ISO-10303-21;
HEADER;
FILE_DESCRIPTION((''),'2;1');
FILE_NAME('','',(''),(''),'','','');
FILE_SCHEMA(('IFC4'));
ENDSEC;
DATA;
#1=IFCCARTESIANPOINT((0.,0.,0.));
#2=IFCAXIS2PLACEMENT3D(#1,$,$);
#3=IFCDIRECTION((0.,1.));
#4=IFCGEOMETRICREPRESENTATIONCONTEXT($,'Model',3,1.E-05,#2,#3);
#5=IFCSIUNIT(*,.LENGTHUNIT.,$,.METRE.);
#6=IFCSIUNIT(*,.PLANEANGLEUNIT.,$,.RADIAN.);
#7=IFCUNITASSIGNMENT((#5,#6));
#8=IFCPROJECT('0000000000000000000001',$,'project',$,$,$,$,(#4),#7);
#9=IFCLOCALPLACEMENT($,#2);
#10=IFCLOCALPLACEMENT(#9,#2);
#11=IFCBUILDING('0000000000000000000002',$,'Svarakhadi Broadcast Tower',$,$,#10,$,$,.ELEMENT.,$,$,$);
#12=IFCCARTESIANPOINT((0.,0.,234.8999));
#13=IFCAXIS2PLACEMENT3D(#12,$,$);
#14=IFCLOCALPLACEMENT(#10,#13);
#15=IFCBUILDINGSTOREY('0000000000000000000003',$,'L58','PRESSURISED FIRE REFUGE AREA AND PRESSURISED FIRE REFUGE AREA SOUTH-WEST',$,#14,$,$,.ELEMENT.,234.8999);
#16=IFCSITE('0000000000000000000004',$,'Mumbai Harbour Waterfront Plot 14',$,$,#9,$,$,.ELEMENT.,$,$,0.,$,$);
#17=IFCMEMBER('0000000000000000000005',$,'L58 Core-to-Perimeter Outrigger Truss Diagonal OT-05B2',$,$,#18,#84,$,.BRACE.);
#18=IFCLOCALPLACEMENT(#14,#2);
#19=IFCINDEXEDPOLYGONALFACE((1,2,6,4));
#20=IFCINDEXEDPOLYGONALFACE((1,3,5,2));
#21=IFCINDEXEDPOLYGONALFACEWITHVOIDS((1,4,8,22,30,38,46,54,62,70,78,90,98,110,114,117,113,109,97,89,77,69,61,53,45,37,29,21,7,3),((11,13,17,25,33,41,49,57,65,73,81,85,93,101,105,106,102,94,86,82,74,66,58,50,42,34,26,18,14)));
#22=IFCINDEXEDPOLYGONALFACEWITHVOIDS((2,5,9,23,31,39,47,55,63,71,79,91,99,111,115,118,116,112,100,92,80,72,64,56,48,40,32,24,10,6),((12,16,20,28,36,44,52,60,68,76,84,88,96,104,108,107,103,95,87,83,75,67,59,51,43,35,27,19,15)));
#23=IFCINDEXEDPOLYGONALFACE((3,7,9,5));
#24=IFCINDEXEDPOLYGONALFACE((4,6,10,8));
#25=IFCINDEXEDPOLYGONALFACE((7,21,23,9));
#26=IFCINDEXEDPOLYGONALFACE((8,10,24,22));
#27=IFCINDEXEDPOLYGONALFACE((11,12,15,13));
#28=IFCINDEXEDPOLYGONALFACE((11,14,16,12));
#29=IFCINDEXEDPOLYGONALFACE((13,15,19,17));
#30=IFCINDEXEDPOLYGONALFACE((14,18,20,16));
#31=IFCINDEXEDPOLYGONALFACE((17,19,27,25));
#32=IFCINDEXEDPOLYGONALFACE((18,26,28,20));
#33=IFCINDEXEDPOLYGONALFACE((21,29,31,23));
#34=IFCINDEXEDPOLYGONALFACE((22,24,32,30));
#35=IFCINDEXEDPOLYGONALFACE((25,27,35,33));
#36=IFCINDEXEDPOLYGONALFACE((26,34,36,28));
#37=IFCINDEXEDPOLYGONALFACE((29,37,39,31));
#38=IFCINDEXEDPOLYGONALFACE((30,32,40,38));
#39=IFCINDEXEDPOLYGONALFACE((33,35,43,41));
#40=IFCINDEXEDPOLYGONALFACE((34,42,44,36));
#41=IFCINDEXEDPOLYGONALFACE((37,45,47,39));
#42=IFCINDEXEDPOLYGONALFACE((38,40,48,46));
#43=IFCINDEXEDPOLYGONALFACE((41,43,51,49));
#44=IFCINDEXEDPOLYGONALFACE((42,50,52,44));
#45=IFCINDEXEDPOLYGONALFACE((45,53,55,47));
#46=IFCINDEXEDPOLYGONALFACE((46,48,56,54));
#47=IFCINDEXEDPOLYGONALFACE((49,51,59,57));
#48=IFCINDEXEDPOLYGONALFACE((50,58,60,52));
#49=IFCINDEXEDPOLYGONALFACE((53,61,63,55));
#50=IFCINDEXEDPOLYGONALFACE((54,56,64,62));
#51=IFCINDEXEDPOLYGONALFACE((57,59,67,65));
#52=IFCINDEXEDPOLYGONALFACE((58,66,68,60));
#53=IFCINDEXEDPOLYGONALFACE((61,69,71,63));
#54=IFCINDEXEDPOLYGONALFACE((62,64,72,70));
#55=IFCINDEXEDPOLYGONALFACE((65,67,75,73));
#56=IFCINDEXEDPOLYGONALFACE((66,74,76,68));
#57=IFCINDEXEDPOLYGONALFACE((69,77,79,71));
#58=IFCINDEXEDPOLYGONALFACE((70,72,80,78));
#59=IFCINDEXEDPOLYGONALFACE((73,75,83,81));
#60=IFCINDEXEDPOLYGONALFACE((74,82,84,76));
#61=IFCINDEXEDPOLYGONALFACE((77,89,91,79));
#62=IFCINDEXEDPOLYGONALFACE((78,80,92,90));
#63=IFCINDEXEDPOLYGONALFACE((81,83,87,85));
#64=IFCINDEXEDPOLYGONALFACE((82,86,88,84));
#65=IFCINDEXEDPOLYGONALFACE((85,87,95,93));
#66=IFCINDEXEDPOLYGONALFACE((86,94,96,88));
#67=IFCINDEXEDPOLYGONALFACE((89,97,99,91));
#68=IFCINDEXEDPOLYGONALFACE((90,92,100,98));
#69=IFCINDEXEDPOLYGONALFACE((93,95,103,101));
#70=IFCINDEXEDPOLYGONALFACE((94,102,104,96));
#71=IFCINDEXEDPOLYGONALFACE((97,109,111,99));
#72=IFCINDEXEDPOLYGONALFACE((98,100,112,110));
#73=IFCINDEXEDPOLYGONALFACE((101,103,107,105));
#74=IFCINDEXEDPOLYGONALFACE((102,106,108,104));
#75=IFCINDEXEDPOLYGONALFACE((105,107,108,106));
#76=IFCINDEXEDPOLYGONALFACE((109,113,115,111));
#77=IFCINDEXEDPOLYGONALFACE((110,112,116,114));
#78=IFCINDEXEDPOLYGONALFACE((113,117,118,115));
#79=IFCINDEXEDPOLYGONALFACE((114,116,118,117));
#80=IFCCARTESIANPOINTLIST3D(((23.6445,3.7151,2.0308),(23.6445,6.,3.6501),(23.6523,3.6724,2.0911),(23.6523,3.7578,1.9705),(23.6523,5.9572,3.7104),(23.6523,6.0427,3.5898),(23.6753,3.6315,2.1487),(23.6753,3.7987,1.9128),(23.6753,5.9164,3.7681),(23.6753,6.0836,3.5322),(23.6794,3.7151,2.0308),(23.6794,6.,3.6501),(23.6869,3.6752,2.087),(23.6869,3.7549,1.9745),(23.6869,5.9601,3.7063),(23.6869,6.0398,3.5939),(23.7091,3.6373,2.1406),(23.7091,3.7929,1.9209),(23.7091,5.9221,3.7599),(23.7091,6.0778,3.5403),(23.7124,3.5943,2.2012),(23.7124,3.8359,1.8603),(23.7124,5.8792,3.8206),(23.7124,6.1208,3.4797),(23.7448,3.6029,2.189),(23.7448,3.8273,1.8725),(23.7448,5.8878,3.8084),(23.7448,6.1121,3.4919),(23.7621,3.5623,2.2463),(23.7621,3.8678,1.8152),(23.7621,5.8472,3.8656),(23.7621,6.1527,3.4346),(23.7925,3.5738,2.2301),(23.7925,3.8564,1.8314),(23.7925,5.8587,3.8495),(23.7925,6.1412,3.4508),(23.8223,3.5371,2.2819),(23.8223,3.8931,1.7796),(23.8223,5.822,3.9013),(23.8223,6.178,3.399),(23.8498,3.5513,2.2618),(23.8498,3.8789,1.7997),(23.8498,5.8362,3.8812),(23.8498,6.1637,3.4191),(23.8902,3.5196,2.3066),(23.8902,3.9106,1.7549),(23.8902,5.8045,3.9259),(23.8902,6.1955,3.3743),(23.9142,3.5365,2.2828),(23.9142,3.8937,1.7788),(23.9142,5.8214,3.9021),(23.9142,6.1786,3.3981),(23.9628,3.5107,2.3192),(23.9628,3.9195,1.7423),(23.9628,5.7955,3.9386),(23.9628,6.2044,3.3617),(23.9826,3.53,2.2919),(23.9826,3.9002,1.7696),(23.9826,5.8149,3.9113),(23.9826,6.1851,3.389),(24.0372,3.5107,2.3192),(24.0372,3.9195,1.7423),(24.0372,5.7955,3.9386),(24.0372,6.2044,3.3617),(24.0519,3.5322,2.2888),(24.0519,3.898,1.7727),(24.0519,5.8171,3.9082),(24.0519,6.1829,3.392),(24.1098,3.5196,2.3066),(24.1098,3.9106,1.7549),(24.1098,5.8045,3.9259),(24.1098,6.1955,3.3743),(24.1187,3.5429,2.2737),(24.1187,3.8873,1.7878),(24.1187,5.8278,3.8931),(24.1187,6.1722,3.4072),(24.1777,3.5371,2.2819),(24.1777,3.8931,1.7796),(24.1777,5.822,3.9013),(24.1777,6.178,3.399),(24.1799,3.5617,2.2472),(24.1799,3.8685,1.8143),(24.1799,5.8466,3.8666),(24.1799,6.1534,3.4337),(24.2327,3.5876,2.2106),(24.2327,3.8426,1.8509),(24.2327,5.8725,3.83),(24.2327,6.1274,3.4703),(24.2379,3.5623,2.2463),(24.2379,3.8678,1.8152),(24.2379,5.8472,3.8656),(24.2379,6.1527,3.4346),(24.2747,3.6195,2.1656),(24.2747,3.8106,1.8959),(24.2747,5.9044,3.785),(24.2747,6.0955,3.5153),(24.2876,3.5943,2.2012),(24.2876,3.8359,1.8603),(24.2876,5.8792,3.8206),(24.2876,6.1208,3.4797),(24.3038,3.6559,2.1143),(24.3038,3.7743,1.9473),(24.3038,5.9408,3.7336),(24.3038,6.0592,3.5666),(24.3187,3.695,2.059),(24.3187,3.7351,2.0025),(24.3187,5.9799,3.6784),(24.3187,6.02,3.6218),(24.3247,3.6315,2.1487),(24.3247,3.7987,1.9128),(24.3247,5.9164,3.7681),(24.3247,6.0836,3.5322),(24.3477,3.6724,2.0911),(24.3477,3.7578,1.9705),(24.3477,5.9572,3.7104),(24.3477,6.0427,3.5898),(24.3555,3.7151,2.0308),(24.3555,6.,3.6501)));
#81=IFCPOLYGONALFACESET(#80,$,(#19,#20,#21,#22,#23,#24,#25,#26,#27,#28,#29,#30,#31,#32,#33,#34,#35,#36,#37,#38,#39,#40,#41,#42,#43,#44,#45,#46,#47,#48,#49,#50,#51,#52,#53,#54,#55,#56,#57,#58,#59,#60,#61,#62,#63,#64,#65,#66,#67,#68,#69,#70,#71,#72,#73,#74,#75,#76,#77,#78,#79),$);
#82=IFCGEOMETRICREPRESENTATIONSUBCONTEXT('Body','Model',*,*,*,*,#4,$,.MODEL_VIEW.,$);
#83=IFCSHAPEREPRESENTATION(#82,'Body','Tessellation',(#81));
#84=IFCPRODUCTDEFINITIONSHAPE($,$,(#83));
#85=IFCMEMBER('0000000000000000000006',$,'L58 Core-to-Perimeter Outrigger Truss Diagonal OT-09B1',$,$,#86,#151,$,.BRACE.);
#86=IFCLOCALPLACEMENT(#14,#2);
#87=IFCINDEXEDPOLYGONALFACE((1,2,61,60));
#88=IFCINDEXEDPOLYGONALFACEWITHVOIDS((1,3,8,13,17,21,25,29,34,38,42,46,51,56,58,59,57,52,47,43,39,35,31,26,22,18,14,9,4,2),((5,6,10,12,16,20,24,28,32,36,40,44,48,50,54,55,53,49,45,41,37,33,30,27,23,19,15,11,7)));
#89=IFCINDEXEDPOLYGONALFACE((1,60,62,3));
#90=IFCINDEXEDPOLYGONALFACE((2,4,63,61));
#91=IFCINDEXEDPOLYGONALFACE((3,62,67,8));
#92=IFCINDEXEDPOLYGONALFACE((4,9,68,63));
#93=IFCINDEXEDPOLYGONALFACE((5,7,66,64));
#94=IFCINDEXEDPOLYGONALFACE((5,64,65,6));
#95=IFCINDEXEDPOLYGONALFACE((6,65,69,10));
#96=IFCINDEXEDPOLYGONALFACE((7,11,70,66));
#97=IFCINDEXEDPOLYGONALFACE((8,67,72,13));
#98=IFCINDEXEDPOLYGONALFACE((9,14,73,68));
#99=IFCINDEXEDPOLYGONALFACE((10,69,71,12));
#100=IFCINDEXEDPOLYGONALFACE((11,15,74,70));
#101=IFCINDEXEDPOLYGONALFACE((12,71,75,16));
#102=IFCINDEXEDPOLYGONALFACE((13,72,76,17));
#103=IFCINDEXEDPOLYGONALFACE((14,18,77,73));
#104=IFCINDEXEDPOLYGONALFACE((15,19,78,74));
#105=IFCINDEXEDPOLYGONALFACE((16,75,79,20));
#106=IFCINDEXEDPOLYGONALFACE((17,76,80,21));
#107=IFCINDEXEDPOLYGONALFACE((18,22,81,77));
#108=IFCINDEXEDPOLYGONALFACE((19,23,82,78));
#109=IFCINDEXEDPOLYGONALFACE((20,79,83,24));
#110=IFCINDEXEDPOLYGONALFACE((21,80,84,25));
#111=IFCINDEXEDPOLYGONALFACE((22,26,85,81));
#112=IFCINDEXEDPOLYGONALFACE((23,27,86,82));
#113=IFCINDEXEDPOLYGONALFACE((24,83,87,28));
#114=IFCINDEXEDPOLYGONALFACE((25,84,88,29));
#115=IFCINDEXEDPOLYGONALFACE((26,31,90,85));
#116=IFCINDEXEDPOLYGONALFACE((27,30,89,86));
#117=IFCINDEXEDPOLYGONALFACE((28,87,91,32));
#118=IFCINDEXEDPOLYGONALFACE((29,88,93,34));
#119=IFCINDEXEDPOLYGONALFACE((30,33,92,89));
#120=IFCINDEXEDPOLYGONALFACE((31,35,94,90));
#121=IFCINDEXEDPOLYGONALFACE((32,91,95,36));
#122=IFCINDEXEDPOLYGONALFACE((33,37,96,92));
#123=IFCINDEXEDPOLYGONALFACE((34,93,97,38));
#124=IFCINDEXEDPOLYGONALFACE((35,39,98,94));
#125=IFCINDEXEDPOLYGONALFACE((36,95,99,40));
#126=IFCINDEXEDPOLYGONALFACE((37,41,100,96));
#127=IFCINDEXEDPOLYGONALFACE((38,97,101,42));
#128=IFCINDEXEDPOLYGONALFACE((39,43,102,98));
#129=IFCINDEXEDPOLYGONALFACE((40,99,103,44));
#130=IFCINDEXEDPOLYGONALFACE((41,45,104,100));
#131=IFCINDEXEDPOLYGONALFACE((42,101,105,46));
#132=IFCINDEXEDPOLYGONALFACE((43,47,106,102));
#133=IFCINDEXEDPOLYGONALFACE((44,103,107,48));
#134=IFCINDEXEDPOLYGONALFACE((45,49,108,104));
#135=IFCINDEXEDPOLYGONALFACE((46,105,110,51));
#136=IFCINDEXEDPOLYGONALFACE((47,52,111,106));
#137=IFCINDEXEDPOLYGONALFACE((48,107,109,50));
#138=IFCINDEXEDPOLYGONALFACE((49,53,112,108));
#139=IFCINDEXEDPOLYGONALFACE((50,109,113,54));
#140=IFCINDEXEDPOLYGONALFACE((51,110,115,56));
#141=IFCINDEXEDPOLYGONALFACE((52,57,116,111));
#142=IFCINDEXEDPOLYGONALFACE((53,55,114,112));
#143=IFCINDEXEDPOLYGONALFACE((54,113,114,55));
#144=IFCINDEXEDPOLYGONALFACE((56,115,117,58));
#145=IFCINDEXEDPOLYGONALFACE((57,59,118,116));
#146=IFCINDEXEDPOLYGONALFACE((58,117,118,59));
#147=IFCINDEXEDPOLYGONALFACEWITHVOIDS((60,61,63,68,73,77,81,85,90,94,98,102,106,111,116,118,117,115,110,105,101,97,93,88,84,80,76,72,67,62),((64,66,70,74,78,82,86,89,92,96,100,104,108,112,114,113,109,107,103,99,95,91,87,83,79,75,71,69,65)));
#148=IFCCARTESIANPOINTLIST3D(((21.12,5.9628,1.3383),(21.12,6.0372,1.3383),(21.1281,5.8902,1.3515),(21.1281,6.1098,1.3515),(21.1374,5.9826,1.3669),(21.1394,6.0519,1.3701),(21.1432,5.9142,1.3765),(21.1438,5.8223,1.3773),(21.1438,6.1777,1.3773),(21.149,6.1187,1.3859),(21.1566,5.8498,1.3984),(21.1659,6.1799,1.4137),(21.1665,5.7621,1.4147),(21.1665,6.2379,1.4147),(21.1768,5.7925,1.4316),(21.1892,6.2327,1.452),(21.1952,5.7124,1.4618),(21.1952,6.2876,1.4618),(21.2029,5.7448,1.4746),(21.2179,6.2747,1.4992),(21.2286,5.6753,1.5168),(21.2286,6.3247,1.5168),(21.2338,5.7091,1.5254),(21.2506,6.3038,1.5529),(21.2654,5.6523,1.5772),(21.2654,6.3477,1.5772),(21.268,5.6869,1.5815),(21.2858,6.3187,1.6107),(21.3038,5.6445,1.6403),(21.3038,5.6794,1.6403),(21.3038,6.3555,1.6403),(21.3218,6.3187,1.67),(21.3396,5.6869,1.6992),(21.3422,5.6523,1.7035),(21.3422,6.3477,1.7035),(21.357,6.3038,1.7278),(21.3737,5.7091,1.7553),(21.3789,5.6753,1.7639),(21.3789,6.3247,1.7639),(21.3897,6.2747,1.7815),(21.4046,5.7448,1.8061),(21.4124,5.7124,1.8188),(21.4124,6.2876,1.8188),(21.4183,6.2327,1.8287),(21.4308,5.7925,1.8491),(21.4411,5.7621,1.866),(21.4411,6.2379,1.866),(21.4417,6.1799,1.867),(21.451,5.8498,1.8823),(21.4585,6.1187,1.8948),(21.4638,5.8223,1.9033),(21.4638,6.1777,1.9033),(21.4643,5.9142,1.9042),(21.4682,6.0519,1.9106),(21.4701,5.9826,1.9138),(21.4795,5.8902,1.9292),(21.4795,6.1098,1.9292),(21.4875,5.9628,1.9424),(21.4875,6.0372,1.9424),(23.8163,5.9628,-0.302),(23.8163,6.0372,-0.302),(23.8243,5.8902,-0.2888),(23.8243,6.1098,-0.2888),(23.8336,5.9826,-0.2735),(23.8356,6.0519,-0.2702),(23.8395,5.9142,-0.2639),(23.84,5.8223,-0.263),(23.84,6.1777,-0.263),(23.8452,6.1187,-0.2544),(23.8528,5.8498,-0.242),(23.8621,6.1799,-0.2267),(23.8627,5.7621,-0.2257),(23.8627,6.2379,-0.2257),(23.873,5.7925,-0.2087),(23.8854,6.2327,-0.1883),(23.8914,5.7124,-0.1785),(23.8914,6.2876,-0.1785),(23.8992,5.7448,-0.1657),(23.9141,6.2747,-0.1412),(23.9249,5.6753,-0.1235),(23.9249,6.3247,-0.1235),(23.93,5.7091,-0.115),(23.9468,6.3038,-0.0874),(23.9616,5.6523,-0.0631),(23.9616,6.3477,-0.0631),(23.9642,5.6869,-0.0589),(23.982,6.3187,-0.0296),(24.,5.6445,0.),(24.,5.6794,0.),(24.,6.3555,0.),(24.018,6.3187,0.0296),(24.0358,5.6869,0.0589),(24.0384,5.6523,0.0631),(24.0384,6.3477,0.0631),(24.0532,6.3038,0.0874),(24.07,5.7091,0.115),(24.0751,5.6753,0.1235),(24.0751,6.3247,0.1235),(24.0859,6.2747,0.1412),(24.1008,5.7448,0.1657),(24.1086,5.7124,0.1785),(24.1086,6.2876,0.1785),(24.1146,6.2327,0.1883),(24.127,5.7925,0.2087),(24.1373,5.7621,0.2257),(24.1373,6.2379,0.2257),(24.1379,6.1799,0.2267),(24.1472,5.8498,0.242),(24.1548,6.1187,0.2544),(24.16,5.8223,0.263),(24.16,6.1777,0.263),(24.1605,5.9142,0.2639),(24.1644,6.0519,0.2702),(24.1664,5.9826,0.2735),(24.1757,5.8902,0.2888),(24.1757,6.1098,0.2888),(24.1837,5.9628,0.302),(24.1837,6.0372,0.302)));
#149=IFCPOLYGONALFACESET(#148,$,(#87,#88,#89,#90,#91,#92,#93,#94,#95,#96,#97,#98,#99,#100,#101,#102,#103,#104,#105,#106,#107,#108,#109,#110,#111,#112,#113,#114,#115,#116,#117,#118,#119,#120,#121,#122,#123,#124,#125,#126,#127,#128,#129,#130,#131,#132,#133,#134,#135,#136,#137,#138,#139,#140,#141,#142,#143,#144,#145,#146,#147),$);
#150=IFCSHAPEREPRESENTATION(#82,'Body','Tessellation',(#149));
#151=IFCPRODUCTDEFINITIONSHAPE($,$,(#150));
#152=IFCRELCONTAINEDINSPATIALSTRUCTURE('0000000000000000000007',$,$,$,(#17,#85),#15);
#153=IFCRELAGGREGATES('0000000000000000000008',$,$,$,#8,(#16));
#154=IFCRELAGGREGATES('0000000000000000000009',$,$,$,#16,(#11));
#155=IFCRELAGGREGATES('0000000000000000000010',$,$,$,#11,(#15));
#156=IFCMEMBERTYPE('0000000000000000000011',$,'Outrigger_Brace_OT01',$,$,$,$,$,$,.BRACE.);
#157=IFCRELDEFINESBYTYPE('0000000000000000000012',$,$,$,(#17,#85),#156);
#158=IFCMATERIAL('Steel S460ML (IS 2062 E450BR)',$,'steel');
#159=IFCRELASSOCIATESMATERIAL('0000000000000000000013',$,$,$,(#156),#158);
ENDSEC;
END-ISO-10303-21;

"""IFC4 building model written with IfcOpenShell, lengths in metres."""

from ifc_helpers import new_model, si_unit, direction, frame, origin, origin_2d, place, context, subcontext, project, spatial, hollow_circle, extrude, material, material_profile, profile_set, type_object, element, save


model = new_model("IFC4")

# Units and contexts
model_context = context("Model", 3, precision=1e-05, world=origin(), true_north=direction((0.0, 1.0)))
body_context = subcontext(model_context, "Body", "Model", "MODEL_VIEW")
ifc_project = project(units=[si_unit("LENGTHUNIT", "METRE"), si_unit("PLANEANGLEUNIT", "RADIAN")], contexts=[model_context])

# Site, building, storey
site_placement = place(None, origin())
site = spatial("IfcSite", under=ifc_project, at=site_placement, Name="Mumbai Harbour Waterfront Plot 14", CompositionType="ELEMENT", RefElevation=0.0)
building_placement = place(site_placement, origin())
building = spatial("IfcBuilding", under=site, at=building_placement, Name="Svarakhadi Broadcast Tower", CompositionType="ELEMENT")
storey_placement = place(building_placement, frame((0.0, 0.0, 234.8999)))
storey = spatial("IfcBuildingStorey", under=building, at=storey_placement, Name="L58", Description="PRESSURISED FIRE REFUGE AREA AND PRESSURISED FIRE REFUGE AREA SOUTH-WEST", CompositionType="ELEMENT", Elevation=234.8999)

# Shared definitions
ifc_material_1 = material(Name="Steel S460ML (IS 2062 E450BR)", Category="steel")

# Members
ifc_material_profile_1 = material_profile(ifc_material_1, hollow_circle(Radius=0.3555, WallThickness=0.0349, at=origin_2d()), Name="CHS 711x35")
ifc_profile_set_1 = profile_set([ifc_material_profile_1], Name="Steel S460ML (IS 2062 E450BR)")
member_type_1 = type_object("IfcMemberType", Name="Outrigger_Brace_OT01", PredefinedType="BRACE", material=ifc_profile_set_1)
for number, where, z_axis, x_axis, name in (
    (1, (24.0, 3.7151, 2.0308), (0.0, 0.815872, 0.578233), (-1.0, 0.0, 0.0), "L58 Core-to-Perimeter Outrigger Truss Diagonal OT-05B2"),
):
    element("IfcMember", number, at=place(storey_placement, frame(where, z_axis=z_axis, x_axis=x_axis)), inside=storey, type_object=member_type_1, Name=name, PredefinedType="BRACE", context=body_context, shape_type="SweptSolid", body=[
        extrude(hollow_circle(Radius=0.3555, WallThickness=0.0349, at=origin_2d()), origin(), (0.0, 0.0, 1.0), 2.8005),
    ])
member_1_placement = place(storey_placement, frame((24.0, 6.0, 0.0), z_axis=(-0.854317, 0.0, 0.519753), x_axis=(0.0, -1.0, 0.0)))
element("IfcMember", 2, at=member_1_placement, inside=storey, type_object=member_type_1, Name="L58 Core-to-Perimeter Outrigger Truss Diagonal OT-09B1", PredefinedType="BRACE", context=body_context, shape_type="SweptSolid", body=[
    extrude(hollow_circle(Radius=0.3555, WallThickness=0.0349, at=origin_2d()), origin(), (0.0, 0.0, 1.0), 3.156),
])

save(model, "model.ifc")
